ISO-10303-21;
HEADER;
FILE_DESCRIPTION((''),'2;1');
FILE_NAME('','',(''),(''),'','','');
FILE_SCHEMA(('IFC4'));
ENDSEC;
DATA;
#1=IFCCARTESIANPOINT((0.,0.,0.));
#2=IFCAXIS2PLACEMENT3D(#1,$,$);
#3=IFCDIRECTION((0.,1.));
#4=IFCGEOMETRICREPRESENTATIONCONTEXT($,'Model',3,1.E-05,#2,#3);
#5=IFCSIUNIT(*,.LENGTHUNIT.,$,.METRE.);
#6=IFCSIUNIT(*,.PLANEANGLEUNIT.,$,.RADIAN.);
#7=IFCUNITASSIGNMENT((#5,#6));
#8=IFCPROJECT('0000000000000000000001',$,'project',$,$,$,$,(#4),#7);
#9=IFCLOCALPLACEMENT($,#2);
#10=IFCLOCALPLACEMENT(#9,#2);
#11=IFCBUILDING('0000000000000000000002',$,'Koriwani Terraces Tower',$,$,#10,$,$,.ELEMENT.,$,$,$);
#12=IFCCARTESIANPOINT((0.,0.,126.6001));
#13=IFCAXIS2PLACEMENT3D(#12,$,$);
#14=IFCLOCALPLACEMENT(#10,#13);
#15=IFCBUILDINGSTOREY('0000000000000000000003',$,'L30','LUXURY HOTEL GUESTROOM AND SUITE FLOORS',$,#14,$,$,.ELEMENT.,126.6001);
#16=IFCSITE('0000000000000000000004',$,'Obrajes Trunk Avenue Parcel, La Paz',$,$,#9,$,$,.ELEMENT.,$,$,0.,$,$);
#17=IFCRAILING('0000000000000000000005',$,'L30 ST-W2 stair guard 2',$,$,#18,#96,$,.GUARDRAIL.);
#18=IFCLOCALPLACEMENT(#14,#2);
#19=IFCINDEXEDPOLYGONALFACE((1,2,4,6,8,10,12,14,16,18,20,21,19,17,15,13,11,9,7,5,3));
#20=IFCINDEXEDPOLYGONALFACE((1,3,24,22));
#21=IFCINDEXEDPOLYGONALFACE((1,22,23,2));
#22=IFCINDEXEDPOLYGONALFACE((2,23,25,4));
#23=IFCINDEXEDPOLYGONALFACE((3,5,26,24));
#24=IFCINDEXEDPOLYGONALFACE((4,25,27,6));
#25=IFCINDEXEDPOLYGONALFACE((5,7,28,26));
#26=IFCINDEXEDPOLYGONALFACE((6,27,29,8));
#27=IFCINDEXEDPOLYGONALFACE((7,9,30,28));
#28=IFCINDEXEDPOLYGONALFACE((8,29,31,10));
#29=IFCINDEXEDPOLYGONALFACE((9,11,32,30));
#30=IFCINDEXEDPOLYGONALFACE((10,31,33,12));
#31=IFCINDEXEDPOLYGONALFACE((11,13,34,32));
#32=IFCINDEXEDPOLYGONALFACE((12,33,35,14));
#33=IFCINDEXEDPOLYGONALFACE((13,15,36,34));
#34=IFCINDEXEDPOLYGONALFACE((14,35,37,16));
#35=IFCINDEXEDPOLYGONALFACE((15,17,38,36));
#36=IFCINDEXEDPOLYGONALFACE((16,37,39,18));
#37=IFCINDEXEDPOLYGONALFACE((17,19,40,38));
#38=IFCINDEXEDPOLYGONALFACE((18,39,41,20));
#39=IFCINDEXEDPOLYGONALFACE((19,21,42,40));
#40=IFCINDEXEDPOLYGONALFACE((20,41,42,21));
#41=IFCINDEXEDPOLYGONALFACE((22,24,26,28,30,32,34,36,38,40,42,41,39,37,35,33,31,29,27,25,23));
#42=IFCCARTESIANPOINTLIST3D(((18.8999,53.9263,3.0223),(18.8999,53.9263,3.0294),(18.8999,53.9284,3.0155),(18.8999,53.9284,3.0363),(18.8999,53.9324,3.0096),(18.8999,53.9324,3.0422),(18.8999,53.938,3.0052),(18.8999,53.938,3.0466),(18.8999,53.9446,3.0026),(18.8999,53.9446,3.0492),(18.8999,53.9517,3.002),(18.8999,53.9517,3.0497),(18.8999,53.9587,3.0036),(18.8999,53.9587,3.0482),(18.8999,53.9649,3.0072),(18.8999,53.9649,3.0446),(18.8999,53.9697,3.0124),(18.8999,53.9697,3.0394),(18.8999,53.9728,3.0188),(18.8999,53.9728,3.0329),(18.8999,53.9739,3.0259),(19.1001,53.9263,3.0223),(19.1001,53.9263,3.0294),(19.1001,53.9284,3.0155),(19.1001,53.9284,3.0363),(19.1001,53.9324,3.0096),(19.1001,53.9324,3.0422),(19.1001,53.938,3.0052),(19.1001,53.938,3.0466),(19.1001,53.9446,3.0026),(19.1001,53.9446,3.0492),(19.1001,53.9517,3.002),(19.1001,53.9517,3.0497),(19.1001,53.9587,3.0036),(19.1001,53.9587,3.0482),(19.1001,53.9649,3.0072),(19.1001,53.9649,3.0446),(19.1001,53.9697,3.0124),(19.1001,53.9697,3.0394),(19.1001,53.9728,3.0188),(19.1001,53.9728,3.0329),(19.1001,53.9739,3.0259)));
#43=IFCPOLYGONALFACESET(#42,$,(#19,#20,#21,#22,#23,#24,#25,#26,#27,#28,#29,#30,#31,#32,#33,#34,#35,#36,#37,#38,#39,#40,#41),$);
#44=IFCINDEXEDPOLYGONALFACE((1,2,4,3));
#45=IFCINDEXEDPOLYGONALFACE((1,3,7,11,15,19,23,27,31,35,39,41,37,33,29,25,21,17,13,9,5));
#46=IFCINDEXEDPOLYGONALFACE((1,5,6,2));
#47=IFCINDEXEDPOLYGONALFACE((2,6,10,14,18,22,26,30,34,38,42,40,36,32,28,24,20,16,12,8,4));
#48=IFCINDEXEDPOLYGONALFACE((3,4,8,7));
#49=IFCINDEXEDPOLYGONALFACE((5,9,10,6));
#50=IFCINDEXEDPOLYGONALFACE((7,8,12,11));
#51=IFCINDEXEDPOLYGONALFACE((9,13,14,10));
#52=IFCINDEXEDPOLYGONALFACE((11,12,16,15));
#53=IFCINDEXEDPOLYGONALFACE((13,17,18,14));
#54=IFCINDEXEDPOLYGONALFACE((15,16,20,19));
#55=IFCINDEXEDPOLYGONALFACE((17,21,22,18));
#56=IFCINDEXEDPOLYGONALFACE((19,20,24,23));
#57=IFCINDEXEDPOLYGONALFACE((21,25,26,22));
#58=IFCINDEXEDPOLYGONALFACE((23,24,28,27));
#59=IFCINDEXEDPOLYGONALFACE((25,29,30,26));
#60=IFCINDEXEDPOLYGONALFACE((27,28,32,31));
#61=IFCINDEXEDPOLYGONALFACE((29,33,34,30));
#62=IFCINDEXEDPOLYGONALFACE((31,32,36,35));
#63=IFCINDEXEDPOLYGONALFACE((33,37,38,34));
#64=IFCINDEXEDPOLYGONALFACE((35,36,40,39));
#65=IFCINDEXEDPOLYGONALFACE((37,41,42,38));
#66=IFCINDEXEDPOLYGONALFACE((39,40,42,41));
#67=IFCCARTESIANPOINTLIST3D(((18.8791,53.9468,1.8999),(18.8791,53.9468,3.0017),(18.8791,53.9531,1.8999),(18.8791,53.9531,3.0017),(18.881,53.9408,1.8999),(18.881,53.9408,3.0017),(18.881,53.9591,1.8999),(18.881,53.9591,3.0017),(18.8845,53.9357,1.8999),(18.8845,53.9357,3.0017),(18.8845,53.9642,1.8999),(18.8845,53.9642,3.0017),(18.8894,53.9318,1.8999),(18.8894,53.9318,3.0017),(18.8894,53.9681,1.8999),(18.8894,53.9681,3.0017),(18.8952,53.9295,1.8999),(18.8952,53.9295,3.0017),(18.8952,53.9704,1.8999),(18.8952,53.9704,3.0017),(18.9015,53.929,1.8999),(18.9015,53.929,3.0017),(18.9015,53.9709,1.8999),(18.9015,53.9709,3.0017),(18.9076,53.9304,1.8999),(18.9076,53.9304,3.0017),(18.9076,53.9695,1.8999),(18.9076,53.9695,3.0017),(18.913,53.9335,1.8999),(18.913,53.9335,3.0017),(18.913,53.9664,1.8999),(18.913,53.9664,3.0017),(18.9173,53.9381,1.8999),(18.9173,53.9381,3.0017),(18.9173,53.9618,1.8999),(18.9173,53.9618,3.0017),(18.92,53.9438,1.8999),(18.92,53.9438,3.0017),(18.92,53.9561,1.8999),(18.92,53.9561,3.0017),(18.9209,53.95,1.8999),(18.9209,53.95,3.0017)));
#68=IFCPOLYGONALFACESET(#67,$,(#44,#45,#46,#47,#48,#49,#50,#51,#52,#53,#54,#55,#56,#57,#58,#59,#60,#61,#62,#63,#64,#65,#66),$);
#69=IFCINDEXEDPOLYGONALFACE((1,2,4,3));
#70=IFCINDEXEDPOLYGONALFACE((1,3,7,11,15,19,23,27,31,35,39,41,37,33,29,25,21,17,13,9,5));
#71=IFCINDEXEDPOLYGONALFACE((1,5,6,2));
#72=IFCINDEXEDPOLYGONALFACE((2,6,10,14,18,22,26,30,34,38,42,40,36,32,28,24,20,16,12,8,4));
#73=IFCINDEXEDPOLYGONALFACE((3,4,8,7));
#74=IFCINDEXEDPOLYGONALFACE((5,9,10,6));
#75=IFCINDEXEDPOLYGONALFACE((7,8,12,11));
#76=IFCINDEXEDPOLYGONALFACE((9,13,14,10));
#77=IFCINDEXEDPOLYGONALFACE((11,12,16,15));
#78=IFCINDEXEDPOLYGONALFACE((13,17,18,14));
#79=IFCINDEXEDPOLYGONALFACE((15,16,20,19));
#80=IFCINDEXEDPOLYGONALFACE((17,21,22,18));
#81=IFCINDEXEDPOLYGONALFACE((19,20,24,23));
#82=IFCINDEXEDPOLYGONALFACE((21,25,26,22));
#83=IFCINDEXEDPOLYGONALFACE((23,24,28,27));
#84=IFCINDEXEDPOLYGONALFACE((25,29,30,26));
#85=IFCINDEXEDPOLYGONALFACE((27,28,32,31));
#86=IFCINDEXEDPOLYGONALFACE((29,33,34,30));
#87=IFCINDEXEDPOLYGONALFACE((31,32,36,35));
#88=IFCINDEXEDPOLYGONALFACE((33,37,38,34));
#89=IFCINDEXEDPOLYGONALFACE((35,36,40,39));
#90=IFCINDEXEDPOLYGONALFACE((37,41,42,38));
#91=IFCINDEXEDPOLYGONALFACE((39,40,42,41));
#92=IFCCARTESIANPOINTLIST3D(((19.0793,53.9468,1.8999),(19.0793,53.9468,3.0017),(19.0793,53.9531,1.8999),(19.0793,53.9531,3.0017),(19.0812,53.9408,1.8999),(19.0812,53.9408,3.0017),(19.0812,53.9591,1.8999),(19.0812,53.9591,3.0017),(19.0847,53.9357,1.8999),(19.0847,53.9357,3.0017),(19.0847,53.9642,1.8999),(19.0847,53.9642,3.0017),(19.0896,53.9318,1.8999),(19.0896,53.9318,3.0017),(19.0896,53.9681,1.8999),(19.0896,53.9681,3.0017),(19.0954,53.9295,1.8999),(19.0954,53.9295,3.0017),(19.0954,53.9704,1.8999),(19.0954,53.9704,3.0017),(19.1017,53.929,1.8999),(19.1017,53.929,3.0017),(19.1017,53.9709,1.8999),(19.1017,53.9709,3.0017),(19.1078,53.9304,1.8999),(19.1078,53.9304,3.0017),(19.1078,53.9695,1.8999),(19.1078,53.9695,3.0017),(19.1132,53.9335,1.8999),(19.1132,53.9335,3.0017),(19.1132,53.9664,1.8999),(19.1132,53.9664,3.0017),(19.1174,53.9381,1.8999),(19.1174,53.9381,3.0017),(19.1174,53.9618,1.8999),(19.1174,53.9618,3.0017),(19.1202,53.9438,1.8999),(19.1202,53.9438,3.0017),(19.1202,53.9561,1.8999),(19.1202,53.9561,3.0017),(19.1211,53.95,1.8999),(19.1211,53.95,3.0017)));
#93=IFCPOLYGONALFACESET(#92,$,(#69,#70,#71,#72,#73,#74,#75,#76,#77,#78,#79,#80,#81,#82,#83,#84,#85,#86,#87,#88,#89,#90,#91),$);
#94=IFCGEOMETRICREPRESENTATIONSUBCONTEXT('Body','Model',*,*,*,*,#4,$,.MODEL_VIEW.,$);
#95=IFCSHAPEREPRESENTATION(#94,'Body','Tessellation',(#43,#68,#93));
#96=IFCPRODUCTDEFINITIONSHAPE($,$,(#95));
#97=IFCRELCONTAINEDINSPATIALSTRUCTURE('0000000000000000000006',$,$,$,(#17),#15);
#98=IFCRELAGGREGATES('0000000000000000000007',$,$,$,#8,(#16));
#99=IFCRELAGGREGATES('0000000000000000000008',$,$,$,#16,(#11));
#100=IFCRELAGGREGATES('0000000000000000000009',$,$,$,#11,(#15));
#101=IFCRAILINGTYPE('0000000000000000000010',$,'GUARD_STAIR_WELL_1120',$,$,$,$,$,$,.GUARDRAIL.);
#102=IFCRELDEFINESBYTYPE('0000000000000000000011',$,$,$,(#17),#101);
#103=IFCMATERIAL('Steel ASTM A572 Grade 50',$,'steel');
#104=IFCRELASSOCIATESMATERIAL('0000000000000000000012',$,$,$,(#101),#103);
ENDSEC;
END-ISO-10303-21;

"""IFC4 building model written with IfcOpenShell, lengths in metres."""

from ifc_helpers import new_model, si_unit, direction, frame, origin, origin_2d, place, context, subcontext, project, spatial, circle, extrude, material, type_object, element, save


model = new_model("IFC4")

# Units and contexts
model_context = context("Model", 3, precision=1e-05, world=origin(), true_north=direction((0.0, 1.0)))
body_context = subcontext(model_context, "Body", "Model", "MODEL_VIEW")
ifc_project = project(units=[si_unit("LENGTHUNIT", "METRE"), si_unit("PLANEANGLEUNIT", "RADIAN")], contexts=[model_context])

# Site, building, storey
site_placement = place(None, origin())
site = spatial("IfcSite", under=ifc_project, at=site_placement, Name="Obrajes Trunk Avenue Parcel, La Paz", CompositionType="ELEMENT", RefElevation=0.0)
building_placement = place(site_placement, origin())
building = spatial("IfcBuilding", under=site, at=building_placement, Name="Koriwani Terraces Tower", CompositionType="ELEMENT")
storey_placement = place(building_placement, frame((0.0, 0.0, 126.6001)))
storey = spatial("IfcBuildingStorey", under=building, at=storey_placement, Name="L30", Description="LUXURY HOTEL GUESTROOM AND SUITE FLOORS", CompositionType="ELEMENT", Elevation=126.6001)

# Shared definitions
ifc_material_1 = material(Name="Steel ASTM A572 Grade 50", Category="steel")

# Railing
railing_type_1 = type_object("IfcRailingType", Name="GUARD_STAIR_WELL_1120", PredefinedType="GUARDRAIL", material=ifc_material_1)
railing_1_placement = place(storey_placement, frame((18.8999, 53.95, 1.8999)))
element("IfcRailing", 1, at=railing_1_placement, inside=storey, type_object=railing_type_1, Name="L30 ST-W2 stair guard 2", PredefinedType="GUARDRAIL", context=body_context, shape_type="SweptSolid", body=[
    extrude(circle(Radius=0.0239, at=origin_2d()), frame((0.0, 0.0, 1.126), z_axis=(1.0, 0.0, 0.0), x_axis=(0.0, 1.0, 0.0)), (0.0, 0.0, 1.0), 0.2002),
    extrude(circle(Radius=0.021, at=origin_2d()), origin(), (0.0, 0.0, 1.0), 1.1018),
    extrude(circle(Radius=0.021, at=origin_2d()), frame((0.2002, 0.0, 0.0)), (0.0, 0.0, 1.0), 1.1018),
])

save(model, "model.ifc")
